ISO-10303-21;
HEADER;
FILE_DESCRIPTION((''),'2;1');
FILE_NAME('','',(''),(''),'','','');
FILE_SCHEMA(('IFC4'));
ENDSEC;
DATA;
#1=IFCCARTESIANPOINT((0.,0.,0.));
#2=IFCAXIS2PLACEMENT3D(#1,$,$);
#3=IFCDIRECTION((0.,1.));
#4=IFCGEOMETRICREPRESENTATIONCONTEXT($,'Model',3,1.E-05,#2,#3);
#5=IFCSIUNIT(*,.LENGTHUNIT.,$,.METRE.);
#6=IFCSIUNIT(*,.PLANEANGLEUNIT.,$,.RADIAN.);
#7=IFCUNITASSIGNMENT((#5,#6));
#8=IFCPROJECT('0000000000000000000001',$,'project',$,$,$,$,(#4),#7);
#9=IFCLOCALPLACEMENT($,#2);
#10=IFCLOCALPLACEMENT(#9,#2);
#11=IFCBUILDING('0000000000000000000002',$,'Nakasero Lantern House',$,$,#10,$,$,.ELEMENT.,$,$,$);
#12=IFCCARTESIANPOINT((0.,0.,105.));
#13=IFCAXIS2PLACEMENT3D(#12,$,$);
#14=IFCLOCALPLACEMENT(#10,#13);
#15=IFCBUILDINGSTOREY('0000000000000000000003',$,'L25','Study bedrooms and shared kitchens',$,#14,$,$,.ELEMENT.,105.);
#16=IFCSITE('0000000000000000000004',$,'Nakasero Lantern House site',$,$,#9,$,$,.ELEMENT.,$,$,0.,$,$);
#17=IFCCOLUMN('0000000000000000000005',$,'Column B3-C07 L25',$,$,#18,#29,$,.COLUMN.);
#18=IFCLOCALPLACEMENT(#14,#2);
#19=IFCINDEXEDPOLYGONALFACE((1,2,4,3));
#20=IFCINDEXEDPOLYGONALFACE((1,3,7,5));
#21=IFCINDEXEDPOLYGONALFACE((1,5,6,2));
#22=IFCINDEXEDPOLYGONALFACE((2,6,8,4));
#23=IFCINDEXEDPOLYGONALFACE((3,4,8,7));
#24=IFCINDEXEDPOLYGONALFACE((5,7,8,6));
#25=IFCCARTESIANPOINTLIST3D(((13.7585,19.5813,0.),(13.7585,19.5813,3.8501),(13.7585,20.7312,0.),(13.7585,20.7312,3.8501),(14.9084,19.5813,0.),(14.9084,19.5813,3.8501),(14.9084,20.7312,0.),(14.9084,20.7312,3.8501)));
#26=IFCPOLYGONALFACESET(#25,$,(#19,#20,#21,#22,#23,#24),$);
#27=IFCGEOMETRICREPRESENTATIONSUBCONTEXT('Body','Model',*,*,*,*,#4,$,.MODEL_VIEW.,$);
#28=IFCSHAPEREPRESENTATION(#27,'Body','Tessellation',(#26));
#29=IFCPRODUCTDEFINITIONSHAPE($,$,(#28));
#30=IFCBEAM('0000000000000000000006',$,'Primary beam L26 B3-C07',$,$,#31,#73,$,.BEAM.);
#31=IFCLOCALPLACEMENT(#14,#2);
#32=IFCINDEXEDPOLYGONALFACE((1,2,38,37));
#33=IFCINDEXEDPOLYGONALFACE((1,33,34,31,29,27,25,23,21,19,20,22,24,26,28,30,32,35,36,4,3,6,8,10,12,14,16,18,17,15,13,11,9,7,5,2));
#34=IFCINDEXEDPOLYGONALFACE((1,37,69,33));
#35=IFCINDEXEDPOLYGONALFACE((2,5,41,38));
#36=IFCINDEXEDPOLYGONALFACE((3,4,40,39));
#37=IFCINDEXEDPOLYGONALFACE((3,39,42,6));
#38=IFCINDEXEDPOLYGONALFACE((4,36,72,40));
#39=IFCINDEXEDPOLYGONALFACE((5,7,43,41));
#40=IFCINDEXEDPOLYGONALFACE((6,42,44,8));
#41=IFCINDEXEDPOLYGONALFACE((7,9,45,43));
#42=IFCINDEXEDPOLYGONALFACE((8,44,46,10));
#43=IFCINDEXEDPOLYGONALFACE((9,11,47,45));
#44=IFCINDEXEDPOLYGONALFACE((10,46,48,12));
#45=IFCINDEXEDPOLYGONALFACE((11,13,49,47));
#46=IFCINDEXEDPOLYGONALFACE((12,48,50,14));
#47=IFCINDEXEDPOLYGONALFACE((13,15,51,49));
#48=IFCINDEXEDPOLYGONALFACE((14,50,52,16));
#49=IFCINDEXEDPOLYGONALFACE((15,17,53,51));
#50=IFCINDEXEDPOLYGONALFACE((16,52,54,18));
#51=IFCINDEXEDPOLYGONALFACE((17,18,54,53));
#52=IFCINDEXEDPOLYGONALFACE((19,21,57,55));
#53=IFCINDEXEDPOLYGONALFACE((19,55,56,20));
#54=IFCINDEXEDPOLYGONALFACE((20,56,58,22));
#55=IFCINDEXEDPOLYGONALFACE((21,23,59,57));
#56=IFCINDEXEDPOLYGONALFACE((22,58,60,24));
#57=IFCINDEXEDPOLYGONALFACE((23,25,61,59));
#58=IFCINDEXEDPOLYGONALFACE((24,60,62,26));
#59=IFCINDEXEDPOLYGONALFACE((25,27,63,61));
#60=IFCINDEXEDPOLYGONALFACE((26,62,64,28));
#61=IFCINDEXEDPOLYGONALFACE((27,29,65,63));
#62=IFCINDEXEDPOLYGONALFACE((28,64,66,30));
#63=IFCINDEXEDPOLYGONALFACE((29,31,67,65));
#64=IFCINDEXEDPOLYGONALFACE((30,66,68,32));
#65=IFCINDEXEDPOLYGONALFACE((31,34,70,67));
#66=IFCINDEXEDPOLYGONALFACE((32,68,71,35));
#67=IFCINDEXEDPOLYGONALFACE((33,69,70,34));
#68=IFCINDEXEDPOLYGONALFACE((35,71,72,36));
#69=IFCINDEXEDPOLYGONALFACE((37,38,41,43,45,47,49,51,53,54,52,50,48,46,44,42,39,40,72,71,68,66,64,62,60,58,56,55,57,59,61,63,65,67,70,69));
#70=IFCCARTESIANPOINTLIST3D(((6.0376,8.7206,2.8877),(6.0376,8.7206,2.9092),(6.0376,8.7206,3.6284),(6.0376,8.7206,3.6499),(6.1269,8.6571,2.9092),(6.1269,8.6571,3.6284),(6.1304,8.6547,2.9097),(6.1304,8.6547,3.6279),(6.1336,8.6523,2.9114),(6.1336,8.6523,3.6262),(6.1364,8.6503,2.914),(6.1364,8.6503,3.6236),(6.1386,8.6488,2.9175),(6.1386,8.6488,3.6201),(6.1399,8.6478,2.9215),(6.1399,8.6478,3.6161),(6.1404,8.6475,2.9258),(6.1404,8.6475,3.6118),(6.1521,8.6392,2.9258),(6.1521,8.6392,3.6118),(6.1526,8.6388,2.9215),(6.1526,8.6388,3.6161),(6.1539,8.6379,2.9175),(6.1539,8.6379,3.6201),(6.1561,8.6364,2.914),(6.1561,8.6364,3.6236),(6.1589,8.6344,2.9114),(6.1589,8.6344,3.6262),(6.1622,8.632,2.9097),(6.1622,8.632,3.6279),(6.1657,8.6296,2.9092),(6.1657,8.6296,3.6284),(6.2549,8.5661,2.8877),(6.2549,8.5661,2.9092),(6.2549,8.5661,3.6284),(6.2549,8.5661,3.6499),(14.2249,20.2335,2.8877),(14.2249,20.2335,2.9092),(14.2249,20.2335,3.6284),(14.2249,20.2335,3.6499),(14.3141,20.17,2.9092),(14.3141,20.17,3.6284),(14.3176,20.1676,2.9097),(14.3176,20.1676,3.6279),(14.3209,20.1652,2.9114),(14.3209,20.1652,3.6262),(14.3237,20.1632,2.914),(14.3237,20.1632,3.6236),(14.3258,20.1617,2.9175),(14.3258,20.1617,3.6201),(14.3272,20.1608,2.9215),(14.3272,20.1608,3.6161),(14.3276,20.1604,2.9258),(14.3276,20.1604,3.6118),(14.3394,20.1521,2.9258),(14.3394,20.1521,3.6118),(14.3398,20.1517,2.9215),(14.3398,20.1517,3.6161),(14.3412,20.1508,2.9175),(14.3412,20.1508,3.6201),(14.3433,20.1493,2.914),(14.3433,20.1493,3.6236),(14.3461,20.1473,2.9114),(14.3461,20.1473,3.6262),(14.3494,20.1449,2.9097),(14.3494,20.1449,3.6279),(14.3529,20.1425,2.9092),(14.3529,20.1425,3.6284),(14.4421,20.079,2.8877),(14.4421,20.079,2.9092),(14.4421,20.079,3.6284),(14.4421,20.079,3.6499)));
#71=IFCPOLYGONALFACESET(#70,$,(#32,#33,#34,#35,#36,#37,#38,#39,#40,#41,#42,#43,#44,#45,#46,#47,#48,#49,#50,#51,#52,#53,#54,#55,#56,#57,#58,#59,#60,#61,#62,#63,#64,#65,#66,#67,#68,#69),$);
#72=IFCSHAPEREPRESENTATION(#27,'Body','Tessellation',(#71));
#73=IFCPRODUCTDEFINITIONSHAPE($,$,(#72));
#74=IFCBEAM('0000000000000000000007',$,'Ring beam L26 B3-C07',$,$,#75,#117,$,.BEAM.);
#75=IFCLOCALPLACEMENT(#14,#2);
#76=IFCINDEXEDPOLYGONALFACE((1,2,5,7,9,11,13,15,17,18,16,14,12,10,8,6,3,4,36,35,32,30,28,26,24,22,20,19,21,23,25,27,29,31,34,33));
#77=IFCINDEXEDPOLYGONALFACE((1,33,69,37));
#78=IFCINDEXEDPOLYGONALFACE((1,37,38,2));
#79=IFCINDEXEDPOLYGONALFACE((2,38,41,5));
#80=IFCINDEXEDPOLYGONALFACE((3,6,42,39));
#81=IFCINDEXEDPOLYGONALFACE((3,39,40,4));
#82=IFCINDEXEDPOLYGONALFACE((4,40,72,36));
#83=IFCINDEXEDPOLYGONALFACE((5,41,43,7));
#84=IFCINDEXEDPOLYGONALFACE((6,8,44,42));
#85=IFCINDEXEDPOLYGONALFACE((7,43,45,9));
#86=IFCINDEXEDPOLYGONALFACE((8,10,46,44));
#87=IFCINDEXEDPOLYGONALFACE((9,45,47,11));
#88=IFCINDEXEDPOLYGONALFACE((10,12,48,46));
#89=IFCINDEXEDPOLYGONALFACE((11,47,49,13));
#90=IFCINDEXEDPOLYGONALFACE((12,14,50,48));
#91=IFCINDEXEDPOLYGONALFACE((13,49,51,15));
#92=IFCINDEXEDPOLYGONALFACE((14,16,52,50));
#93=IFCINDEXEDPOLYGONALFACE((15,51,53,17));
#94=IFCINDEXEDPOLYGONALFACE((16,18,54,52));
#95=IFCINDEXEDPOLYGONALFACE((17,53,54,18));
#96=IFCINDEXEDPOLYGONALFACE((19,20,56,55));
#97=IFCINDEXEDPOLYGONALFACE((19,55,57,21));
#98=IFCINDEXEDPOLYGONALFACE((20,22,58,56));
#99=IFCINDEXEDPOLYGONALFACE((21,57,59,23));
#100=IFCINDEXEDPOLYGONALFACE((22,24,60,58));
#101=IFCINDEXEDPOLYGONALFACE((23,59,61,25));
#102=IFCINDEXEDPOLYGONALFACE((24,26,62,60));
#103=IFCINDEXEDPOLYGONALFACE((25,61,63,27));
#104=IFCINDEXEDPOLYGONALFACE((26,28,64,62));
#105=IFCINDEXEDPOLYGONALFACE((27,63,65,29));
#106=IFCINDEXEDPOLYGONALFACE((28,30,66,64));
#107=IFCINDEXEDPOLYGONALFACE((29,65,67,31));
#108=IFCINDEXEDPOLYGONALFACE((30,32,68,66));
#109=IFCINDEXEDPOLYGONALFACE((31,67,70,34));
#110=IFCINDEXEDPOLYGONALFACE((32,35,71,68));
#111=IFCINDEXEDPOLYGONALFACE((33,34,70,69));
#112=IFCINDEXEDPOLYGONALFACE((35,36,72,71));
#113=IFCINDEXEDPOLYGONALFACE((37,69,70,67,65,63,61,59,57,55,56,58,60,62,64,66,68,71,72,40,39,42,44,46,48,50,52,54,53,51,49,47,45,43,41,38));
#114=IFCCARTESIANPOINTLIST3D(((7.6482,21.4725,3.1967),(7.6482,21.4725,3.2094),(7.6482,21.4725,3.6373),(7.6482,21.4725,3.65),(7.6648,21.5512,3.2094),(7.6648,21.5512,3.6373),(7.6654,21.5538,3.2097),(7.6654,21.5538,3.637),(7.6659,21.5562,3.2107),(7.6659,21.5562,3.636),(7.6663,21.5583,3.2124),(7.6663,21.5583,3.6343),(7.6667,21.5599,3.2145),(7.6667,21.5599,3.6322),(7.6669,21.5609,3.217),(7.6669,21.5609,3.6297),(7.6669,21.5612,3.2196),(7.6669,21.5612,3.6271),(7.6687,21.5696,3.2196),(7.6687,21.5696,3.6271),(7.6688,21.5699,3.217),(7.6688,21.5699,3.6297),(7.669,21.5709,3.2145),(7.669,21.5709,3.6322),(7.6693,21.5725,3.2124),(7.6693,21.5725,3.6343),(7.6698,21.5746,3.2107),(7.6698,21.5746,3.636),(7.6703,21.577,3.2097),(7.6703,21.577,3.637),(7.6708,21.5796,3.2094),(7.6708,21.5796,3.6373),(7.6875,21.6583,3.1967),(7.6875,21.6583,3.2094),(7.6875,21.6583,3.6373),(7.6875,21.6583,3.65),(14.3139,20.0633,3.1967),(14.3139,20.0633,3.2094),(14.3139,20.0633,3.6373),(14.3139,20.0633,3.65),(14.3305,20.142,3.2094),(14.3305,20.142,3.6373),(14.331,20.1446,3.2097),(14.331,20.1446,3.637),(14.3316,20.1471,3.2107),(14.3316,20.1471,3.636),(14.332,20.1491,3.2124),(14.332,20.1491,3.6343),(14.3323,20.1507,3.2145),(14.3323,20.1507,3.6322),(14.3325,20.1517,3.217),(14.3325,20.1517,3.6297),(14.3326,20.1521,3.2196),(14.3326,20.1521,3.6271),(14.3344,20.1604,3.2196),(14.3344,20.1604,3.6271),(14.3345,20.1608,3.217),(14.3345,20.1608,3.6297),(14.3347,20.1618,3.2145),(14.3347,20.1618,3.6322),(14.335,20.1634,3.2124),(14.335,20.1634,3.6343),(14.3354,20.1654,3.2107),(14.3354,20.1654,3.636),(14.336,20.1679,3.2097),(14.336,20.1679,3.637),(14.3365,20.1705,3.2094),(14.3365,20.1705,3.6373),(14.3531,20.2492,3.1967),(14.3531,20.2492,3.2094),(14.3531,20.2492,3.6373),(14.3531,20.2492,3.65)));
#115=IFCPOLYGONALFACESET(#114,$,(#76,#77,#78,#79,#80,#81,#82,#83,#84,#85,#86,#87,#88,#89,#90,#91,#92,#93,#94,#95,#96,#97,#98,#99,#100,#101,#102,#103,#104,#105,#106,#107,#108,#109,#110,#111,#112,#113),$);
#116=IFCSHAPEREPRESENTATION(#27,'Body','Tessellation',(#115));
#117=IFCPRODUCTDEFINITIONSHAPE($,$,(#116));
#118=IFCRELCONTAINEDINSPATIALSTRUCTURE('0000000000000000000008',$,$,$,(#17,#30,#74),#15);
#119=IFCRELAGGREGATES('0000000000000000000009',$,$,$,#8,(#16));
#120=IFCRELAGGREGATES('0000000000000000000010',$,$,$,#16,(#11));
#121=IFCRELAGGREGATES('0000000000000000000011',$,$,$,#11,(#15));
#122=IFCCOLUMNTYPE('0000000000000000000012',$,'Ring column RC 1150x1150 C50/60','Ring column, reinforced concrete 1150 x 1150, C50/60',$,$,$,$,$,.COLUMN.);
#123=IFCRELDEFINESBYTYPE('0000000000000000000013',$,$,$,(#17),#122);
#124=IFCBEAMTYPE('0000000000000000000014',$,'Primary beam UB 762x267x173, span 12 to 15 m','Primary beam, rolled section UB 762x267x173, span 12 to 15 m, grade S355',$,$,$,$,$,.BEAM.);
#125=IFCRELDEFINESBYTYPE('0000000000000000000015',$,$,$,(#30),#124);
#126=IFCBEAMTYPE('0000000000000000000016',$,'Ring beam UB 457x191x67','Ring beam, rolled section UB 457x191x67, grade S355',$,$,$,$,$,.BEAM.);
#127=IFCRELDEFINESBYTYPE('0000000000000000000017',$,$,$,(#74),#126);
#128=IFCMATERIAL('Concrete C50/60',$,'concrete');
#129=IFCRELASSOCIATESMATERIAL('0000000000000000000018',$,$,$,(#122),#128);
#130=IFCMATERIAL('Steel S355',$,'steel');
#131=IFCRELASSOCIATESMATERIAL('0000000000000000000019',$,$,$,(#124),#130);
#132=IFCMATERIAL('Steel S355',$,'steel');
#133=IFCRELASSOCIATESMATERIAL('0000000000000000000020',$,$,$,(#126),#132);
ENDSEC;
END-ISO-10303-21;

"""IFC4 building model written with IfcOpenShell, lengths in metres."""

from ifc_helpers import new_model, si_unit, direction, frame, origin, origin_2d, place, context, subcontext, project, spatial, rectangle, i_section, extrude, material, material_profile, profile_set, type_object, element, save


model = new_model("IFC4")

# Units and contexts
model_context = context("Model", 3, precision=1e-05, world=origin(), true_north=direction((0.0, 1.0)))
body_context = subcontext(model_context, "Body", "Model", "MODEL_VIEW")
ifc_project = project(units=[si_unit("LENGTHUNIT", "METRE"), si_unit("PLANEANGLEUNIT", "RADIAN")], contexts=[model_context])

# Site, building, storey
site_placement = place(None, origin())
site = spatial("IfcSite", under=ifc_project, at=site_placement, Name="Nakasero Lantern House site", CompositionType="ELEMENT", RefElevation=0.0)
building_placement = place(site_placement, origin())
building = spatial("IfcBuilding", under=site, at=building_placement, Name="Nakasero Lantern House", CompositionType="ELEMENT")
storey_placement = place(building_placement, frame((0.0, 0.0, 105.0)))
storey = spatial("IfcBuildingStorey", under=building, at=storey_placement, Name="L25", Description="Study bedrooms and shared kitchens", CompositionType="ELEMENT", Elevation=105.0)

# Column
ifc_material_1 = material(Name="Concrete C50/60", Category="concrete")
ifc_material_profile_1 = material_profile(ifc_material_1, rectangle(XDim=1.1499, YDim=1.1499, at=origin_2d()), Name="RC 1150x1150")
ifc_profile_set_1 = profile_set([ifc_material_profile_1], Name="Concrete C50/60")
column_type = type_object("IfcColumnType", Name="Ring column RC 1150x1150 C50/60", Description="Ring column, reinforced concrete 1150 x 1150, C50/60", PredefinedType="COLUMN", material=ifc_profile_set_1)
column_placement = place(storey_placement, frame((14.3335, 20.1562, 0.0), z_axis=(0.0, 0.0, 1.0), x_axis=(1.0, 0.0, 0.0)))
element("IfcColumn", 1, at=column_placement, inside=storey, type_object=column_type, Name="Column B3-C07 L25", PredefinedType="COLUMN", context=body_context, shape_type="SweptSolid", body=[
    extrude(rectangle(XDim=1.1499, YDim=1.1499, at=origin_2d()), origin(), (0.0, 0.0, 1.0), 3.8501),
])

# Beams
ifc_material_2 = material(Name="Steel S355", Category="steel")
ifc_material_profile_2 = material_profile(ifc_material_2, i_section(OverallWidth=0.2666, OverallDepth=0.7622, WebThickness=0.0144, FlangeThickness=0.0215, FilletRadius=0.0166, at=origin_2d()), Name="UB 762x267x173")
ifc_profile_set_2 = profile_set([ifc_material_profile_2], Name="Steel S355")
beam_type_1 = type_object("IfcBeamType", Name="Primary beam UB 762x267x173, span 12 to 15 m", Description="Primary beam, rolled section UB 762x267x173, span 12 to 15 m, grade S355", PredefinedType="BEAM", material=ifc_profile_set_2)
beam_1_placement = place(storey_placement, frame((14.3335, 20.1562, 3.2688), z_axis=(-0.579537, -0.814946, 0.0), x_axis=(0.814946, -0.579537, 0.0)))
element("IfcBeam", 2, at=beam_1_placement, inside=storey, type_object=beam_type_1, Name="Primary beam L26 B3-C07", PredefinedType="BEAM", context=body_context, shape_type="SweptSolid", body=[
    extrude(i_section(OverallWidth=0.2666, OverallDepth=0.7622, WebThickness=0.0144, FlangeThickness=0.0215, FilletRadius=0.0166, at=origin_2d()), origin(), (0.0, 0.0, 1.0), 14.1272),
])
ifc_material_3 = material(Name="Steel S355", Category="steel")
ifc_material_profile_3 = material_profile(ifc_material_3, i_section(OverallWidth=0.1899, OverallDepth=0.4534, WebThickness=0.0085, FlangeThickness=0.0127, FilletRadius=0.0103, at=origin_2d()), Name="UB 457x191x67")
ifc_profile_set_3 = profile_set([ifc_material_profile_3], Name="Steel S355")
beam_type_2 = type_object("IfcBeamType", Name="Ring beam UB 457x191x67", Description="Ring beam, rolled section UB 457x191x67, grade S355", PredefinedType="BEAM", material=ifc_profile_set_3)
beam_2_placement = place(storey_placement, frame((14.3335, 20.1562, 3.4233), z_axis=(-0.978376, 0.206834, 0.0), x_axis=(-0.206834, -0.978376, 0.0)))
element("IfcBeam", 3, at=beam_2_placement, inside=storey, type_object=beam_type_2, Name="Ring beam L26 B3-C07", PredefinedType="BEAM", context=body_context, shape_type="SweptSolid", body=[
    extrude(i_section(OverallWidth=0.1899, OverallDepth=0.4534, WebThickness=0.0085, FlangeThickness=0.0127, FilletRadius=0.0103, at=origin_2d()), origin(), (0.0, 0.0, 1.0), 6.813),
])

save(model, "model.ifc")
